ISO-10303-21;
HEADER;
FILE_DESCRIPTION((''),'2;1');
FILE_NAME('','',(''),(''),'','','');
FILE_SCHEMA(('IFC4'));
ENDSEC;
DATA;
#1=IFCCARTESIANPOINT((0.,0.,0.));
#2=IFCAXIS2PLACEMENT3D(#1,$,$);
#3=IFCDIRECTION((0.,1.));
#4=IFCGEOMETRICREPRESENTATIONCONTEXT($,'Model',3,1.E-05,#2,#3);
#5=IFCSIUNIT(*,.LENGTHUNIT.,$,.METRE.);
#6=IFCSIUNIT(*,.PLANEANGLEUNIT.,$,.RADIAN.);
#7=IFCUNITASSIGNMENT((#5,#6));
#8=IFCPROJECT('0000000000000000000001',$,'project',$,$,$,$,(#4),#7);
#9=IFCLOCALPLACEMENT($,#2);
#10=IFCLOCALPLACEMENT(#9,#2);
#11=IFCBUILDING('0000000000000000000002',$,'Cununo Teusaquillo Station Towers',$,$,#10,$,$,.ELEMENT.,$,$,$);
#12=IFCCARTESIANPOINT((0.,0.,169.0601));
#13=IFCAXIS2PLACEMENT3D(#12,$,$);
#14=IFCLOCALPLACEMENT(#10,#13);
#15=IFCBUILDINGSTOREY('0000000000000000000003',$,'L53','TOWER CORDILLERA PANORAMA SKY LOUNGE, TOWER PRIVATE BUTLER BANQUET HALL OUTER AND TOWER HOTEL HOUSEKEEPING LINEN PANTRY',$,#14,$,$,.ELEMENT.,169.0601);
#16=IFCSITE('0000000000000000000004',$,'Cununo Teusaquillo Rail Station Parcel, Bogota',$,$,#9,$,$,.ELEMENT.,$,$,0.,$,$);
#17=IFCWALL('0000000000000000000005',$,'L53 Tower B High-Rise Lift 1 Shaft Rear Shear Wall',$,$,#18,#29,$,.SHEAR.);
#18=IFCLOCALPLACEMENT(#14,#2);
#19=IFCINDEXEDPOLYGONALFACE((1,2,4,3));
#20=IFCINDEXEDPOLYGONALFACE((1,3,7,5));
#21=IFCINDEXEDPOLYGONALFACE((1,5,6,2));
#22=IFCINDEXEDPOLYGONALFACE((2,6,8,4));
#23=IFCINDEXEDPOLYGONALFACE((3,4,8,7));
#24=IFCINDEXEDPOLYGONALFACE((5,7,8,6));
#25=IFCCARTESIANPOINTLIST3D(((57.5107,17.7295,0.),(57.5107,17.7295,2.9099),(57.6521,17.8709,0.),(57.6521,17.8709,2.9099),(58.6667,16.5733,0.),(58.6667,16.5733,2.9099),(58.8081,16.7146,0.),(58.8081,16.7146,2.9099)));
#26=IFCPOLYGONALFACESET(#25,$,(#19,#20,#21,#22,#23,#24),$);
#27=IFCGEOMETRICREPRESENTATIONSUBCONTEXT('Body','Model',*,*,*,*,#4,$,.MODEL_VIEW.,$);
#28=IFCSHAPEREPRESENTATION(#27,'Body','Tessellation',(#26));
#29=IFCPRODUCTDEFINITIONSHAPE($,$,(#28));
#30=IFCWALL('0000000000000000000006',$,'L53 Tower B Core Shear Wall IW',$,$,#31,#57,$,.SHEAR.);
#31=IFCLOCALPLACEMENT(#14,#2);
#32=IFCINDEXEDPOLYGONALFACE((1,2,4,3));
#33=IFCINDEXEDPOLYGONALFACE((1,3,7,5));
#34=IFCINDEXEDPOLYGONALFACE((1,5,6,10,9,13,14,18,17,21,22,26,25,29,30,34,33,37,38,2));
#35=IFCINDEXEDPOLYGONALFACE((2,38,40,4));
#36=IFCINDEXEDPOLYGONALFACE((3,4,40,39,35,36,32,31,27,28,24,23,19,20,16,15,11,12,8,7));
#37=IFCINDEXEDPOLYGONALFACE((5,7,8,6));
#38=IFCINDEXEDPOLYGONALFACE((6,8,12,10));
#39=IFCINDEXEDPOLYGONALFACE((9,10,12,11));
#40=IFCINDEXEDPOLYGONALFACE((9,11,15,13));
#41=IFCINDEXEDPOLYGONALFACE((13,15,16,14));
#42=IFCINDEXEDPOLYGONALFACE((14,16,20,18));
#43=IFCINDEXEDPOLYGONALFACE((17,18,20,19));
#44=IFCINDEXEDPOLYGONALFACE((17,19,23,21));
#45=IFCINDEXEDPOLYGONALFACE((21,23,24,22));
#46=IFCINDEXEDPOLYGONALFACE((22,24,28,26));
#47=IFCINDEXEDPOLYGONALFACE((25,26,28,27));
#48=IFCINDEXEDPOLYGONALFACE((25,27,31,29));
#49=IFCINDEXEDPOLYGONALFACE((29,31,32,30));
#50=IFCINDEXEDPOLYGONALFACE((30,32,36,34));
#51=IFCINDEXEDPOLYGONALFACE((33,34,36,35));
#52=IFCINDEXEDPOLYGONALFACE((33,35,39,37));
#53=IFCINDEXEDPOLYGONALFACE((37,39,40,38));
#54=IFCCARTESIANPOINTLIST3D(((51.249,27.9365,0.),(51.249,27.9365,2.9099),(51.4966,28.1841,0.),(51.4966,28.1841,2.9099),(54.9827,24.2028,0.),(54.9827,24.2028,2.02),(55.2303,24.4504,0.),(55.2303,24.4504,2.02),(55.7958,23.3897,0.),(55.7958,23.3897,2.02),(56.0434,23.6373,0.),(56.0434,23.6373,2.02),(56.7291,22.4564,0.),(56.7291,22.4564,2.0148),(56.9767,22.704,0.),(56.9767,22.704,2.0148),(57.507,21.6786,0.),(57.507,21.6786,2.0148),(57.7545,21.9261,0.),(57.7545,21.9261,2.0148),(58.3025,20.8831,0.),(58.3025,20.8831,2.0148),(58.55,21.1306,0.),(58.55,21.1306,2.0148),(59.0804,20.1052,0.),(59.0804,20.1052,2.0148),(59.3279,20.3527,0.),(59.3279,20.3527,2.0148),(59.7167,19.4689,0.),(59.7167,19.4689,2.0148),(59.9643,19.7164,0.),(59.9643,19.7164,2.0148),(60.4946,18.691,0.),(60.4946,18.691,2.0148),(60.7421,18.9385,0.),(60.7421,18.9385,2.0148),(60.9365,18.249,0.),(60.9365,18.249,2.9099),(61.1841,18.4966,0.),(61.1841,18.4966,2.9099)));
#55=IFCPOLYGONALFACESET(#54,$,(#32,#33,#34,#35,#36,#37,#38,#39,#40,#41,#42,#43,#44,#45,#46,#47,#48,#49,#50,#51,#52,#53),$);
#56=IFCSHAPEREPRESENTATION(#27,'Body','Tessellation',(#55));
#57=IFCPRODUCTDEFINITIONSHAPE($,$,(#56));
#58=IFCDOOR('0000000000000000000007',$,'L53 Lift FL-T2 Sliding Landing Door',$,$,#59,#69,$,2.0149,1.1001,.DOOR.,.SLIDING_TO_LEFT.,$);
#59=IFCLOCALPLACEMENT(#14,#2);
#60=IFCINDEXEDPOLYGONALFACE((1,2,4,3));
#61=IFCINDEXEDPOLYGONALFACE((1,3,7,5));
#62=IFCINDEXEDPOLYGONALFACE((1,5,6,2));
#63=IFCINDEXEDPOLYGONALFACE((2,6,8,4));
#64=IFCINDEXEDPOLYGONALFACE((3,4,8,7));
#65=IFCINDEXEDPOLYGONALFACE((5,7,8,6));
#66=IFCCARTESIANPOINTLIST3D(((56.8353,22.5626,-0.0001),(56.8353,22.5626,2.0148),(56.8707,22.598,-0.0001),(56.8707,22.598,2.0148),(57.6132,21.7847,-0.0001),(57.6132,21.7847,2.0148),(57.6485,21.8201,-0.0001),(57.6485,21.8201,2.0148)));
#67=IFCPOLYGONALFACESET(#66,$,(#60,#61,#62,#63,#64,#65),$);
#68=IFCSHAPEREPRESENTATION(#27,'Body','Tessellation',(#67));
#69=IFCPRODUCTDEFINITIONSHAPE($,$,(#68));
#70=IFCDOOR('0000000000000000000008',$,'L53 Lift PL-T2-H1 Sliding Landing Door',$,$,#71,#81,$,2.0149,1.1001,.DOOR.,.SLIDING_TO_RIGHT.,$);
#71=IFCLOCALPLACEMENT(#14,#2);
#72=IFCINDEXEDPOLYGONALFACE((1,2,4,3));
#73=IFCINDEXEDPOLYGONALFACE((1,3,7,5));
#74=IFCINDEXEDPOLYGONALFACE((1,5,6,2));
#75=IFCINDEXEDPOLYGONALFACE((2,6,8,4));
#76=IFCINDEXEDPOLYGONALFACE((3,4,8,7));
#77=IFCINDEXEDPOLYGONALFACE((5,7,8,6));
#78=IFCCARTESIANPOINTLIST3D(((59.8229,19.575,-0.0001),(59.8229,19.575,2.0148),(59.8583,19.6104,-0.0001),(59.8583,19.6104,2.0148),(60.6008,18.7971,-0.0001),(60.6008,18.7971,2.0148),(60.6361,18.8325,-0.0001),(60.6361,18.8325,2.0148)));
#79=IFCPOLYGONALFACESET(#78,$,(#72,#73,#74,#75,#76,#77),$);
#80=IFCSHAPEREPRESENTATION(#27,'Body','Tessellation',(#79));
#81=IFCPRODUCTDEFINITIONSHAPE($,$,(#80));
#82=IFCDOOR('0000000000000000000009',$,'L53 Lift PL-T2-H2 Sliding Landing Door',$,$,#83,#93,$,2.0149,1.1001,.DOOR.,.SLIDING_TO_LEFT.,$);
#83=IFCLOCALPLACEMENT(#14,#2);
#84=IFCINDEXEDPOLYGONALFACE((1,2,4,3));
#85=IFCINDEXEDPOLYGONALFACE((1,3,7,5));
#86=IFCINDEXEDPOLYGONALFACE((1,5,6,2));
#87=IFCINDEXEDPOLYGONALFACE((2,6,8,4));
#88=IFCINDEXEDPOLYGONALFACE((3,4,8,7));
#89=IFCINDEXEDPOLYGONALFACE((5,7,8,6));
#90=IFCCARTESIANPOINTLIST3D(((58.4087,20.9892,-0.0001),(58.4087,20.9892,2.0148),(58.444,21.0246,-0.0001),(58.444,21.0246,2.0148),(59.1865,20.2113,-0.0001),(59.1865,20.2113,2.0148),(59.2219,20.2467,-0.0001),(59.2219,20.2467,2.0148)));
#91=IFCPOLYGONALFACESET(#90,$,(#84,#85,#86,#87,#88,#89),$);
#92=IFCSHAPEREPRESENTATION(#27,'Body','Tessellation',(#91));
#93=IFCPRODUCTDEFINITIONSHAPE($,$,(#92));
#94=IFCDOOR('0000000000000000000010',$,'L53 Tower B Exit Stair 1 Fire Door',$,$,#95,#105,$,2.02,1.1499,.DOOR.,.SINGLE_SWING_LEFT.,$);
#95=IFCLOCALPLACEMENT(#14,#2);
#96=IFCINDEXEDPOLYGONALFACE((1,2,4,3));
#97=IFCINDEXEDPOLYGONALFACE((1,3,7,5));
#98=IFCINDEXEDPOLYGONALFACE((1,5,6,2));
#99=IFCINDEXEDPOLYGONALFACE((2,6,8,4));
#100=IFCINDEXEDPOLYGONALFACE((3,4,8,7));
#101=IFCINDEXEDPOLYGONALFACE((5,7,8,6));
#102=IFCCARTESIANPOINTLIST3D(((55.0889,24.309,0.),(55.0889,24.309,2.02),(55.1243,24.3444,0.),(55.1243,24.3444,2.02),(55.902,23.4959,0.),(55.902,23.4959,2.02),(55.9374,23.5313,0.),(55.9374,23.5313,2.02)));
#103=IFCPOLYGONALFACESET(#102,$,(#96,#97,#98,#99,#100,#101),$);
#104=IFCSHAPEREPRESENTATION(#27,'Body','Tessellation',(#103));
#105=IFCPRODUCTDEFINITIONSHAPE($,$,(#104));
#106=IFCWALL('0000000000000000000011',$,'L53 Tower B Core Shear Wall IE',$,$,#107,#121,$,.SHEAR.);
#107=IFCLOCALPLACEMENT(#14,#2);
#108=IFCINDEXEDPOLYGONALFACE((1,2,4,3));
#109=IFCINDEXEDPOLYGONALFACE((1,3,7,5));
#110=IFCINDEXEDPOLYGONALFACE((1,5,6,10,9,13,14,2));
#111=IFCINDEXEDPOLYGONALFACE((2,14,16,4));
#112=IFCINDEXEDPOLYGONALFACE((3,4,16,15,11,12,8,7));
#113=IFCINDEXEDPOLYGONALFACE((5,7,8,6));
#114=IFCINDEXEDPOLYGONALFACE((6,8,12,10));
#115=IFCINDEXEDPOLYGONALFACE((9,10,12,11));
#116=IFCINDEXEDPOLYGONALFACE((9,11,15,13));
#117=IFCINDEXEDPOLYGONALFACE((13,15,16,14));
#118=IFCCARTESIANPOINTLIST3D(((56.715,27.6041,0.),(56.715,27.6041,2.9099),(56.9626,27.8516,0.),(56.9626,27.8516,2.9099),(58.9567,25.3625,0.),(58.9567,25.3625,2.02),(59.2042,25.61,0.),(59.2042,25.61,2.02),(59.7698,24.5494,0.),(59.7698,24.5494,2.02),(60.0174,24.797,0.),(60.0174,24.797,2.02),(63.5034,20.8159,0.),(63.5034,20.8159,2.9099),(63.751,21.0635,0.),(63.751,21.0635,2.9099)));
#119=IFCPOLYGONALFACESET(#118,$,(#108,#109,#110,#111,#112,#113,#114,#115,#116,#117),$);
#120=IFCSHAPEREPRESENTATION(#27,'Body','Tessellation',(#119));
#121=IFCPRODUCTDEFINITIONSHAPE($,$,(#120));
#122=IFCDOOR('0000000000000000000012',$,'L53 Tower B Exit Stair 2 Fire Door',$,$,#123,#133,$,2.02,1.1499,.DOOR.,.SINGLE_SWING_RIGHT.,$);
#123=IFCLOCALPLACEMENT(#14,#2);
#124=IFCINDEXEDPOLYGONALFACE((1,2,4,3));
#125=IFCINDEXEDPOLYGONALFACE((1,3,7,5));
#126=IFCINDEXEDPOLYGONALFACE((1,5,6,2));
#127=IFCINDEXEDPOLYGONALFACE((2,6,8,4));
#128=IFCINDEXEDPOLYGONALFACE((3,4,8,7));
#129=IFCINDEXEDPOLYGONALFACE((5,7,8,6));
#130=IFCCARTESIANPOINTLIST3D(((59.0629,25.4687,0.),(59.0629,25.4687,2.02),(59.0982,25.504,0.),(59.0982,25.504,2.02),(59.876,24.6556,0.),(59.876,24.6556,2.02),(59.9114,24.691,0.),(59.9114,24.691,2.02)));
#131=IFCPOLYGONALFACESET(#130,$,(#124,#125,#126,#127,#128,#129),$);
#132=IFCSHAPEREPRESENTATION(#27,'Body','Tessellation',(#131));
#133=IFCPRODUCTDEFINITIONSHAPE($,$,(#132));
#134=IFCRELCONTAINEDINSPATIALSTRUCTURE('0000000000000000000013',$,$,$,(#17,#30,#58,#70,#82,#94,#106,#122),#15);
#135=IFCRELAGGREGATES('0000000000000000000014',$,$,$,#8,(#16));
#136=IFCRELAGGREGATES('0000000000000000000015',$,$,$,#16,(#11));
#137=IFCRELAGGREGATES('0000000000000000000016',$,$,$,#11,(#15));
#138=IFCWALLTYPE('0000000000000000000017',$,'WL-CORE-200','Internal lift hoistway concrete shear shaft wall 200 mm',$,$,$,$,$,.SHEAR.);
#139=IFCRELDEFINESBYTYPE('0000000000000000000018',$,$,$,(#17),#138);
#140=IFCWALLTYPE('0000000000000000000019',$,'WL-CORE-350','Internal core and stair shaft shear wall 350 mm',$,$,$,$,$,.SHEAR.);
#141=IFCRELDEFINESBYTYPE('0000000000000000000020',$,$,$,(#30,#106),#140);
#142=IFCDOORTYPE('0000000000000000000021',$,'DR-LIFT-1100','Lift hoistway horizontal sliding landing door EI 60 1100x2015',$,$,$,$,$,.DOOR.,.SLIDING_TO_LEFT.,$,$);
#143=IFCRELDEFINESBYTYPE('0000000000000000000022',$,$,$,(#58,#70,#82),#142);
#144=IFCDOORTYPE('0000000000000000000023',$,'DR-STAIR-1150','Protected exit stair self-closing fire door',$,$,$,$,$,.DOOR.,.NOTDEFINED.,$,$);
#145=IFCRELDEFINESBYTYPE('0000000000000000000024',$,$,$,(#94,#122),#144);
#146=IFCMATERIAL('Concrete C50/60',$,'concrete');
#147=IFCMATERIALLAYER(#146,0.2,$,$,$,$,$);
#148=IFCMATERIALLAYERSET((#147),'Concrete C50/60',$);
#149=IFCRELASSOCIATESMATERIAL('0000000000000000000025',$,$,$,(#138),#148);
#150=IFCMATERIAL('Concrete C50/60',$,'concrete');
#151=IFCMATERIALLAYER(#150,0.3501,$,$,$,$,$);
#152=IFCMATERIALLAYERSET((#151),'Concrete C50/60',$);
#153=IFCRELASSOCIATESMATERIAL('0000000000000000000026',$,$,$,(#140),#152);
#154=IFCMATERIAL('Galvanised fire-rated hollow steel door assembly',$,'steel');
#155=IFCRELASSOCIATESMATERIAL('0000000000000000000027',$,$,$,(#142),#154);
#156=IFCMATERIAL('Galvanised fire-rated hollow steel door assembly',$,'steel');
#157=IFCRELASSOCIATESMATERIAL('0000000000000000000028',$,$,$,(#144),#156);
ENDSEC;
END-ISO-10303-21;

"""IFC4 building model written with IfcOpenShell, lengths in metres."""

from ifc_helpers import new_model, si_unit, direction, frame, frame_2d, origin, place, context, subcontext, project, spatial, rectangle, extrude, source, transform, mapped, material, layer, layer_set, type_object, element, fill, save


model = new_model("IFC4")

# Units and contexts
model_context = context("Model", 3, precision=1e-05, world=origin(), true_north=direction((0.0, 1.0)))
body_context = subcontext(model_context, "Body", "Model", "MODEL_VIEW")
ifc_project = project(units=[si_unit("LENGTHUNIT", "METRE"), si_unit("PLANEANGLEUNIT", "RADIAN")], contexts=[model_context])

# Site, building, storey
site_placement = place(None, origin())
site = spatial("IfcSite", under=ifc_project, at=site_placement, Name="Cununo Teusaquillo Rail Station Parcel, Bogota", CompositionType="ELEMENT", RefElevation=0.0)
building_placement = place(site_placement, origin())
building = spatial("IfcBuilding", under=site, at=building_placement, Name="Cununo Teusaquillo Station Towers", CompositionType="ELEMENT")
storey_placement = place(building_placement, frame((0.0, 0.0, 169.0601)))
storey = spatial("IfcBuildingStorey", under=building, at=storey_placement, Name="L53", Description="TOWER CORDILLERA PANORAMA SKY LOUNGE, TOWER PRIVATE BUTLER BANQUET HALL OUTER AND TOWER HOTEL HOUSEKEEPING LINEN PANTRY", CompositionType="ELEMENT", Elevation=169.0601)

# Wall
ifc_material_1 = material(Name="Concrete C50/60", Category="concrete")
ifc_layer_1 = layer(ifc_material_1, 0.2)
ifc_layer_set_1 = layer_set([ifc_layer_1], Name="Concrete C50/60")
wall_type_1 = type_object("IfcWallType", Name="WL-CORE-200", Description="Internal lift hoistway concrete shear shaft wall 200 mm", PredefinedType="SHEAR", material=ifc_layer_set_1)
wall_1_placement = place(storey_placement, frame((58.7373, 16.644, 0.0), z_axis=(0.0, 0.0, 1.0), x_axis=(-0.707032, 0.707181, 0.0)))
element("IfcWall", 1, at=wall_1_placement, inside=storey, type_object=wall_type_1, Name="L53 Tower B High-Rise Lift 1 Shaft Rear Shear Wall", PredefinedType="SHEAR", context=body_context, shape_type="SweptSolid", body=[
    extrude(rectangle(XDim=1.635, YDim=0.2, at=frame_2d((0.8174, 0.0))), origin(), (0.0, 0.0, 1.0), 2.9099),
])

# Wall, openings, doors
ifc_material_2 = material(Name="Concrete C50/60", Category="concrete")
ifc_layer_2 = layer(ifc_material_2, 0.3501)
ifc_layer_set_2 = layer_set([ifc_layer_2], Name="Concrete C50/60")
wall_type_2 = type_object("IfcWallType", Name="WL-CORE-350", Description="Internal core and stair shaft shear wall 350 mm", PredefinedType="SHEAR", material=ifc_layer_set_2)
wall_2_placement = place(storey_placement, frame((61.0603, 18.3728, 0.0), z_axis=(0.0, 0.0, 1.0), x_axis=(-0.707107, 0.707107, 0.0)))
wall_2 = element("IfcWall", 2, at=wall_2_placement, inside=storey, type_object=wall_type_2, Name="L53 Tower B Core Shear Wall IW", PredefinedType="SHEAR", context=body_context, shape_type="SweptSolid", body=[
    extrude(rectangle(XDim=13.7002, YDim=0.3501, at=frame_2d((6.8501, 0.0))), origin(), (0.0, 0.0, 1.0), 2.9099),
])
shared_shape_1 = source(origin(), body_context, "Body", "SweptSolid", [
    extrude(rectangle(XDim=1.1001, YDim=2.0149, at=frame_2d((0.55, 1.0073))), frame((0.0, 0.1851, 0.0), z_axis=(0.0, -1.0, 0.0), x_axis=(1.0, 0.0, 0.0)), (0.0, 0.0, 1.0), 0.3701),
])
opening_1_placement = place(wall_2_placement, frame((4.8501, 0.0, 0.0)))
opening_1 = element("IfcOpeningElement", 3, at=opening_1_placement, cuts=wall_2, PredefinedType="OPENING", context=body_context, shape_type="MappedRepresentation", body=[
    mapped(shared_shape_1, transform((0.0, 0.0, 0.0), x_axis=(1.0, 0.0, 0.0), y_axis=(0.0, 1.0, 0.0), z_axis=(0.0, 0.0, 1.0), scale=1.0)),
])
opening_2_placement = place(wall_2_placement, frame((0.625, 0.0, 0.0)))
opening_2 = element("IfcOpeningElement", 4, at=opening_2_placement, cuts=wall_2, PredefinedType="OPENING", context=body_context, shape_type="MappedRepresentation", body=[
    mapped(shared_shape_1, transform((0.0, 0.0, 0.0), x_axis=(1.0, 0.0, 0.0), y_axis=(0.0, 1.0, 0.0), z_axis=(0.0, 0.0, 1.0), scale=1.0)),
])
opening_3_placement = place(wall_2_placement, frame((2.625, 0.0, 0.0)))
opening_3 = element("IfcOpeningElement", 5, at=opening_3_placement, cuts=wall_2, PredefinedType="OPENING", context=body_context, shape_type="MappedRepresentation", body=[
    mapped(shared_shape_1, transform((0.0, 0.0, 0.0), x_axis=(1.0, 0.0, 0.0), y_axis=(0.0, 1.0, 0.0), z_axis=(0.0, 0.0, 1.0), scale=1.0)),
])
shared_shape_2 = source(origin(), body_context, "Body", "SweptSolid", [
    extrude(rectangle(XDim=1.1499, YDim=2.02, at=frame_2d((0.575, 1.01))), frame((0.0, 0.1851, 0.0), z_axis=(0.0, -1.0, 0.0), x_axis=(1.0, 0.0, 0.0)), (0.0, 0.0, 1.0), 0.3701),
])
opening_4_placement = place(wall_2_placement, frame((7.27, 0.0, 0.0)))
opening_4 = element("IfcOpeningElement", 6, at=opening_4_placement, cuts=wall_2, PredefinedType="OPENING", context=body_context, shape_type="MappedRepresentation", body=[
    mapped(shared_shape_2, transform((0.0, 0.0, 0.0), x_axis=(1.0, 0.0, 0.0), y_axis=(0.0, 1.0, 0.0), z_axis=(0.0, 0.0, 1.0), scale=1.0)),
])
ifc_material_3 = material(Name="Galvanised fire-rated hollow steel door assembly", Category="steel")
door_type_1 = type_object("IfcDoorType", Name="DR-LIFT-1100", Description="Lift hoistway horizontal sliding landing door EI 60 1100x2015", OperationType="SLIDING_TO_LEFT", PredefinedType="DOOR", material=ifc_material_3)
shared_shape_3 = source(origin(), body_context, "Body", "SweptSolid", [
    extrude(rectangle(XDim=1.1001, YDim=2.0149, at=frame_2d((0.55, 1.0073))), frame((0.0, 0.0249, 0.0), z_axis=(0.0, -1.0, 0.0), x_axis=(1.0, 0.0, 0.0)), (0.0, 0.0, 1.0), 0.05),
])
door_1_placement = place(opening_1_placement, origin())
door_1 = element("IfcDoor", 7, at=door_1_placement, inside=storey, type_object=door_type_1, Name="L53 Lift FL-T2 Sliding Landing Door", OperationType="SLIDING_TO_LEFT", OverallHeight=2.0149, OverallWidth=1.1001, PredefinedType="DOOR", context=body_context, shape_type="MappedRepresentation", body=[
    mapped(shared_shape_3, transform((0.0, 0.0, 0.0), x_axis=(1.0, 0.0, 0.0), y_axis=(0.0, 1.0, 0.0), z_axis=(0.0, 0.0, 1.0), scale=1.0)),
])
fill(opening_1, door_1)
door_2_placement = place(opening_2_placement, origin())
door_2 = element("IfcDoor", 8, at=door_2_placement, inside=storey, type_object=door_type_1, Name="L53 Lift PL-T2-H1 Sliding Landing Door", OperationType="SLIDING_TO_RIGHT", OverallHeight=2.0149, OverallWidth=1.1001, PredefinedType="DOOR", context=body_context, shape_type="MappedRepresentation", body=[
    mapped(shared_shape_3, transform((0.0, 0.0, 0.0), x_axis=(1.0, 0.0, 0.0), y_axis=(0.0, 1.0, 0.0), z_axis=(0.0, 0.0, 1.0), scale=1.0)),
])
fill(opening_2, door_2)
door_3_placement = place(opening_3_placement, origin())
door_3 = element("IfcDoor", 9, at=door_3_placement, inside=storey, type_object=door_type_1, Name="L53 Lift PL-T2-H2 Sliding Landing Door", OperationType="SLIDING_TO_LEFT", OverallHeight=2.0149, OverallWidth=1.1001, PredefinedType="DOOR", context=body_context, shape_type="MappedRepresentation", body=[
    mapped(shared_shape_3, transform((0.0, 0.0, 0.0), x_axis=(1.0, 0.0, 0.0), y_axis=(0.0, 1.0, 0.0), z_axis=(0.0, 0.0, 1.0), scale=1.0)),
])
fill(opening_3, door_3)
ifc_material_4 = material(Name="Galvanised fire-rated hollow steel door assembly", Category="steel")
door_type_2 = type_object("IfcDoorType", Name="DR-STAIR-1150", Description="Protected exit stair self-closing fire door", OperationType="NOTDEFINED", PredefinedType="DOOR", material=ifc_material_4)
shared_shape_4 = source(origin(), body_context, "Body", "SweptSolid", [
    extrude(rectangle(XDim=1.1499, YDim=2.02, at=frame_2d((0.575, 1.01))), frame((0.0, 0.0249, 0.0), z_axis=(0.0, -1.0, 0.0), x_axis=(1.0, 0.0, 0.0)), (0.0, 0.0, 1.0), 0.05),
])
door_4_placement = place(opening_4_placement, origin())
door_4 = element("IfcDoor", 10, at=door_4_placement, inside=storey, type_object=door_type_2, Name="L53 Tower B Exit Stair 1 Fire Door", OperationType="SINGLE_SWING_LEFT", OverallHeight=2.02, OverallWidth=1.1499, PredefinedType="DOOR", context=body_context, shape_type="MappedRepresentation", body=[
    mapped(shared_shape_4, transform((0.0, 0.0, 0.0), x_axis=(1.0, 0.0, 0.0), y_axis=(0.0, 1.0, 0.0), z_axis=(0.0, 0.0, 1.0), scale=1.0)),
])
fill(opening_4, door_4)

# Wall, opening, door
wall_3_placement = place(storey_placement, frame((63.6272, 20.9397, 0.0), z_axis=(0.0, 0.0, 1.0), x_axis=(-0.707119, 0.707094, 0.0)))
wall_3 = element("IfcWall", 11, at=wall_3_placement, inside=storey, type_object=wall_type_2, Name="L53 Tower B Core Shear Wall IE", PredefinedType="SHEAR", context=body_context, shape_type="SweptSolid", body=[
    extrude(rectangle(XDim=9.6001, YDim=0.3501, at=frame_2d((4.8, 0.0))), origin(), (0.0, 0.0, 1.0), 2.9099),
])
opening_5_placement = place(wall_3_placement, frame((5.28, 0.0, 0.0)))
opening_5 = element("IfcOpeningElement", 12, at=opening_5_placement, cuts=wall_3, PredefinedType="OPENING", context=body_context, shape_type="MappedRepresentation", body=[
    mapped(shared_shape_2, transform((0.0, 0.0, 0.0), x_axis=(1.0, 0.0, 0.0), y_axis=(0.0, 1.0, 0.0), z_axis=(0.0, 0.0, 1.0), scale=1.0)),
])
door_5_placement = place(opening_5_placement, origin())
door_5 = element("IfcDoor", 13, at=door_5_placement, inside=storey, type_object=door_type_2, Name="L53 Tower B Exit Stair 2 Fire Door", OperationType="SINGLE_SWING_RIGHT", OverallHeight=2.02, OverallWidth=1.1499, PredefinedType="DOOR", context=body_context, shape_type="MappedRepresentation", body=[
    mapped(shared_shape_4, transform((0.0, 0.0, 0.0), x_axis=(1.0, 0.0, 0.0), y_axis=(0.0, 1.0, 0.0), z_axis=(0.0, 0.0, 1.0), scale=1.0)),
])
fill(opening_5, door_5)

save(model, "model.ifc")
